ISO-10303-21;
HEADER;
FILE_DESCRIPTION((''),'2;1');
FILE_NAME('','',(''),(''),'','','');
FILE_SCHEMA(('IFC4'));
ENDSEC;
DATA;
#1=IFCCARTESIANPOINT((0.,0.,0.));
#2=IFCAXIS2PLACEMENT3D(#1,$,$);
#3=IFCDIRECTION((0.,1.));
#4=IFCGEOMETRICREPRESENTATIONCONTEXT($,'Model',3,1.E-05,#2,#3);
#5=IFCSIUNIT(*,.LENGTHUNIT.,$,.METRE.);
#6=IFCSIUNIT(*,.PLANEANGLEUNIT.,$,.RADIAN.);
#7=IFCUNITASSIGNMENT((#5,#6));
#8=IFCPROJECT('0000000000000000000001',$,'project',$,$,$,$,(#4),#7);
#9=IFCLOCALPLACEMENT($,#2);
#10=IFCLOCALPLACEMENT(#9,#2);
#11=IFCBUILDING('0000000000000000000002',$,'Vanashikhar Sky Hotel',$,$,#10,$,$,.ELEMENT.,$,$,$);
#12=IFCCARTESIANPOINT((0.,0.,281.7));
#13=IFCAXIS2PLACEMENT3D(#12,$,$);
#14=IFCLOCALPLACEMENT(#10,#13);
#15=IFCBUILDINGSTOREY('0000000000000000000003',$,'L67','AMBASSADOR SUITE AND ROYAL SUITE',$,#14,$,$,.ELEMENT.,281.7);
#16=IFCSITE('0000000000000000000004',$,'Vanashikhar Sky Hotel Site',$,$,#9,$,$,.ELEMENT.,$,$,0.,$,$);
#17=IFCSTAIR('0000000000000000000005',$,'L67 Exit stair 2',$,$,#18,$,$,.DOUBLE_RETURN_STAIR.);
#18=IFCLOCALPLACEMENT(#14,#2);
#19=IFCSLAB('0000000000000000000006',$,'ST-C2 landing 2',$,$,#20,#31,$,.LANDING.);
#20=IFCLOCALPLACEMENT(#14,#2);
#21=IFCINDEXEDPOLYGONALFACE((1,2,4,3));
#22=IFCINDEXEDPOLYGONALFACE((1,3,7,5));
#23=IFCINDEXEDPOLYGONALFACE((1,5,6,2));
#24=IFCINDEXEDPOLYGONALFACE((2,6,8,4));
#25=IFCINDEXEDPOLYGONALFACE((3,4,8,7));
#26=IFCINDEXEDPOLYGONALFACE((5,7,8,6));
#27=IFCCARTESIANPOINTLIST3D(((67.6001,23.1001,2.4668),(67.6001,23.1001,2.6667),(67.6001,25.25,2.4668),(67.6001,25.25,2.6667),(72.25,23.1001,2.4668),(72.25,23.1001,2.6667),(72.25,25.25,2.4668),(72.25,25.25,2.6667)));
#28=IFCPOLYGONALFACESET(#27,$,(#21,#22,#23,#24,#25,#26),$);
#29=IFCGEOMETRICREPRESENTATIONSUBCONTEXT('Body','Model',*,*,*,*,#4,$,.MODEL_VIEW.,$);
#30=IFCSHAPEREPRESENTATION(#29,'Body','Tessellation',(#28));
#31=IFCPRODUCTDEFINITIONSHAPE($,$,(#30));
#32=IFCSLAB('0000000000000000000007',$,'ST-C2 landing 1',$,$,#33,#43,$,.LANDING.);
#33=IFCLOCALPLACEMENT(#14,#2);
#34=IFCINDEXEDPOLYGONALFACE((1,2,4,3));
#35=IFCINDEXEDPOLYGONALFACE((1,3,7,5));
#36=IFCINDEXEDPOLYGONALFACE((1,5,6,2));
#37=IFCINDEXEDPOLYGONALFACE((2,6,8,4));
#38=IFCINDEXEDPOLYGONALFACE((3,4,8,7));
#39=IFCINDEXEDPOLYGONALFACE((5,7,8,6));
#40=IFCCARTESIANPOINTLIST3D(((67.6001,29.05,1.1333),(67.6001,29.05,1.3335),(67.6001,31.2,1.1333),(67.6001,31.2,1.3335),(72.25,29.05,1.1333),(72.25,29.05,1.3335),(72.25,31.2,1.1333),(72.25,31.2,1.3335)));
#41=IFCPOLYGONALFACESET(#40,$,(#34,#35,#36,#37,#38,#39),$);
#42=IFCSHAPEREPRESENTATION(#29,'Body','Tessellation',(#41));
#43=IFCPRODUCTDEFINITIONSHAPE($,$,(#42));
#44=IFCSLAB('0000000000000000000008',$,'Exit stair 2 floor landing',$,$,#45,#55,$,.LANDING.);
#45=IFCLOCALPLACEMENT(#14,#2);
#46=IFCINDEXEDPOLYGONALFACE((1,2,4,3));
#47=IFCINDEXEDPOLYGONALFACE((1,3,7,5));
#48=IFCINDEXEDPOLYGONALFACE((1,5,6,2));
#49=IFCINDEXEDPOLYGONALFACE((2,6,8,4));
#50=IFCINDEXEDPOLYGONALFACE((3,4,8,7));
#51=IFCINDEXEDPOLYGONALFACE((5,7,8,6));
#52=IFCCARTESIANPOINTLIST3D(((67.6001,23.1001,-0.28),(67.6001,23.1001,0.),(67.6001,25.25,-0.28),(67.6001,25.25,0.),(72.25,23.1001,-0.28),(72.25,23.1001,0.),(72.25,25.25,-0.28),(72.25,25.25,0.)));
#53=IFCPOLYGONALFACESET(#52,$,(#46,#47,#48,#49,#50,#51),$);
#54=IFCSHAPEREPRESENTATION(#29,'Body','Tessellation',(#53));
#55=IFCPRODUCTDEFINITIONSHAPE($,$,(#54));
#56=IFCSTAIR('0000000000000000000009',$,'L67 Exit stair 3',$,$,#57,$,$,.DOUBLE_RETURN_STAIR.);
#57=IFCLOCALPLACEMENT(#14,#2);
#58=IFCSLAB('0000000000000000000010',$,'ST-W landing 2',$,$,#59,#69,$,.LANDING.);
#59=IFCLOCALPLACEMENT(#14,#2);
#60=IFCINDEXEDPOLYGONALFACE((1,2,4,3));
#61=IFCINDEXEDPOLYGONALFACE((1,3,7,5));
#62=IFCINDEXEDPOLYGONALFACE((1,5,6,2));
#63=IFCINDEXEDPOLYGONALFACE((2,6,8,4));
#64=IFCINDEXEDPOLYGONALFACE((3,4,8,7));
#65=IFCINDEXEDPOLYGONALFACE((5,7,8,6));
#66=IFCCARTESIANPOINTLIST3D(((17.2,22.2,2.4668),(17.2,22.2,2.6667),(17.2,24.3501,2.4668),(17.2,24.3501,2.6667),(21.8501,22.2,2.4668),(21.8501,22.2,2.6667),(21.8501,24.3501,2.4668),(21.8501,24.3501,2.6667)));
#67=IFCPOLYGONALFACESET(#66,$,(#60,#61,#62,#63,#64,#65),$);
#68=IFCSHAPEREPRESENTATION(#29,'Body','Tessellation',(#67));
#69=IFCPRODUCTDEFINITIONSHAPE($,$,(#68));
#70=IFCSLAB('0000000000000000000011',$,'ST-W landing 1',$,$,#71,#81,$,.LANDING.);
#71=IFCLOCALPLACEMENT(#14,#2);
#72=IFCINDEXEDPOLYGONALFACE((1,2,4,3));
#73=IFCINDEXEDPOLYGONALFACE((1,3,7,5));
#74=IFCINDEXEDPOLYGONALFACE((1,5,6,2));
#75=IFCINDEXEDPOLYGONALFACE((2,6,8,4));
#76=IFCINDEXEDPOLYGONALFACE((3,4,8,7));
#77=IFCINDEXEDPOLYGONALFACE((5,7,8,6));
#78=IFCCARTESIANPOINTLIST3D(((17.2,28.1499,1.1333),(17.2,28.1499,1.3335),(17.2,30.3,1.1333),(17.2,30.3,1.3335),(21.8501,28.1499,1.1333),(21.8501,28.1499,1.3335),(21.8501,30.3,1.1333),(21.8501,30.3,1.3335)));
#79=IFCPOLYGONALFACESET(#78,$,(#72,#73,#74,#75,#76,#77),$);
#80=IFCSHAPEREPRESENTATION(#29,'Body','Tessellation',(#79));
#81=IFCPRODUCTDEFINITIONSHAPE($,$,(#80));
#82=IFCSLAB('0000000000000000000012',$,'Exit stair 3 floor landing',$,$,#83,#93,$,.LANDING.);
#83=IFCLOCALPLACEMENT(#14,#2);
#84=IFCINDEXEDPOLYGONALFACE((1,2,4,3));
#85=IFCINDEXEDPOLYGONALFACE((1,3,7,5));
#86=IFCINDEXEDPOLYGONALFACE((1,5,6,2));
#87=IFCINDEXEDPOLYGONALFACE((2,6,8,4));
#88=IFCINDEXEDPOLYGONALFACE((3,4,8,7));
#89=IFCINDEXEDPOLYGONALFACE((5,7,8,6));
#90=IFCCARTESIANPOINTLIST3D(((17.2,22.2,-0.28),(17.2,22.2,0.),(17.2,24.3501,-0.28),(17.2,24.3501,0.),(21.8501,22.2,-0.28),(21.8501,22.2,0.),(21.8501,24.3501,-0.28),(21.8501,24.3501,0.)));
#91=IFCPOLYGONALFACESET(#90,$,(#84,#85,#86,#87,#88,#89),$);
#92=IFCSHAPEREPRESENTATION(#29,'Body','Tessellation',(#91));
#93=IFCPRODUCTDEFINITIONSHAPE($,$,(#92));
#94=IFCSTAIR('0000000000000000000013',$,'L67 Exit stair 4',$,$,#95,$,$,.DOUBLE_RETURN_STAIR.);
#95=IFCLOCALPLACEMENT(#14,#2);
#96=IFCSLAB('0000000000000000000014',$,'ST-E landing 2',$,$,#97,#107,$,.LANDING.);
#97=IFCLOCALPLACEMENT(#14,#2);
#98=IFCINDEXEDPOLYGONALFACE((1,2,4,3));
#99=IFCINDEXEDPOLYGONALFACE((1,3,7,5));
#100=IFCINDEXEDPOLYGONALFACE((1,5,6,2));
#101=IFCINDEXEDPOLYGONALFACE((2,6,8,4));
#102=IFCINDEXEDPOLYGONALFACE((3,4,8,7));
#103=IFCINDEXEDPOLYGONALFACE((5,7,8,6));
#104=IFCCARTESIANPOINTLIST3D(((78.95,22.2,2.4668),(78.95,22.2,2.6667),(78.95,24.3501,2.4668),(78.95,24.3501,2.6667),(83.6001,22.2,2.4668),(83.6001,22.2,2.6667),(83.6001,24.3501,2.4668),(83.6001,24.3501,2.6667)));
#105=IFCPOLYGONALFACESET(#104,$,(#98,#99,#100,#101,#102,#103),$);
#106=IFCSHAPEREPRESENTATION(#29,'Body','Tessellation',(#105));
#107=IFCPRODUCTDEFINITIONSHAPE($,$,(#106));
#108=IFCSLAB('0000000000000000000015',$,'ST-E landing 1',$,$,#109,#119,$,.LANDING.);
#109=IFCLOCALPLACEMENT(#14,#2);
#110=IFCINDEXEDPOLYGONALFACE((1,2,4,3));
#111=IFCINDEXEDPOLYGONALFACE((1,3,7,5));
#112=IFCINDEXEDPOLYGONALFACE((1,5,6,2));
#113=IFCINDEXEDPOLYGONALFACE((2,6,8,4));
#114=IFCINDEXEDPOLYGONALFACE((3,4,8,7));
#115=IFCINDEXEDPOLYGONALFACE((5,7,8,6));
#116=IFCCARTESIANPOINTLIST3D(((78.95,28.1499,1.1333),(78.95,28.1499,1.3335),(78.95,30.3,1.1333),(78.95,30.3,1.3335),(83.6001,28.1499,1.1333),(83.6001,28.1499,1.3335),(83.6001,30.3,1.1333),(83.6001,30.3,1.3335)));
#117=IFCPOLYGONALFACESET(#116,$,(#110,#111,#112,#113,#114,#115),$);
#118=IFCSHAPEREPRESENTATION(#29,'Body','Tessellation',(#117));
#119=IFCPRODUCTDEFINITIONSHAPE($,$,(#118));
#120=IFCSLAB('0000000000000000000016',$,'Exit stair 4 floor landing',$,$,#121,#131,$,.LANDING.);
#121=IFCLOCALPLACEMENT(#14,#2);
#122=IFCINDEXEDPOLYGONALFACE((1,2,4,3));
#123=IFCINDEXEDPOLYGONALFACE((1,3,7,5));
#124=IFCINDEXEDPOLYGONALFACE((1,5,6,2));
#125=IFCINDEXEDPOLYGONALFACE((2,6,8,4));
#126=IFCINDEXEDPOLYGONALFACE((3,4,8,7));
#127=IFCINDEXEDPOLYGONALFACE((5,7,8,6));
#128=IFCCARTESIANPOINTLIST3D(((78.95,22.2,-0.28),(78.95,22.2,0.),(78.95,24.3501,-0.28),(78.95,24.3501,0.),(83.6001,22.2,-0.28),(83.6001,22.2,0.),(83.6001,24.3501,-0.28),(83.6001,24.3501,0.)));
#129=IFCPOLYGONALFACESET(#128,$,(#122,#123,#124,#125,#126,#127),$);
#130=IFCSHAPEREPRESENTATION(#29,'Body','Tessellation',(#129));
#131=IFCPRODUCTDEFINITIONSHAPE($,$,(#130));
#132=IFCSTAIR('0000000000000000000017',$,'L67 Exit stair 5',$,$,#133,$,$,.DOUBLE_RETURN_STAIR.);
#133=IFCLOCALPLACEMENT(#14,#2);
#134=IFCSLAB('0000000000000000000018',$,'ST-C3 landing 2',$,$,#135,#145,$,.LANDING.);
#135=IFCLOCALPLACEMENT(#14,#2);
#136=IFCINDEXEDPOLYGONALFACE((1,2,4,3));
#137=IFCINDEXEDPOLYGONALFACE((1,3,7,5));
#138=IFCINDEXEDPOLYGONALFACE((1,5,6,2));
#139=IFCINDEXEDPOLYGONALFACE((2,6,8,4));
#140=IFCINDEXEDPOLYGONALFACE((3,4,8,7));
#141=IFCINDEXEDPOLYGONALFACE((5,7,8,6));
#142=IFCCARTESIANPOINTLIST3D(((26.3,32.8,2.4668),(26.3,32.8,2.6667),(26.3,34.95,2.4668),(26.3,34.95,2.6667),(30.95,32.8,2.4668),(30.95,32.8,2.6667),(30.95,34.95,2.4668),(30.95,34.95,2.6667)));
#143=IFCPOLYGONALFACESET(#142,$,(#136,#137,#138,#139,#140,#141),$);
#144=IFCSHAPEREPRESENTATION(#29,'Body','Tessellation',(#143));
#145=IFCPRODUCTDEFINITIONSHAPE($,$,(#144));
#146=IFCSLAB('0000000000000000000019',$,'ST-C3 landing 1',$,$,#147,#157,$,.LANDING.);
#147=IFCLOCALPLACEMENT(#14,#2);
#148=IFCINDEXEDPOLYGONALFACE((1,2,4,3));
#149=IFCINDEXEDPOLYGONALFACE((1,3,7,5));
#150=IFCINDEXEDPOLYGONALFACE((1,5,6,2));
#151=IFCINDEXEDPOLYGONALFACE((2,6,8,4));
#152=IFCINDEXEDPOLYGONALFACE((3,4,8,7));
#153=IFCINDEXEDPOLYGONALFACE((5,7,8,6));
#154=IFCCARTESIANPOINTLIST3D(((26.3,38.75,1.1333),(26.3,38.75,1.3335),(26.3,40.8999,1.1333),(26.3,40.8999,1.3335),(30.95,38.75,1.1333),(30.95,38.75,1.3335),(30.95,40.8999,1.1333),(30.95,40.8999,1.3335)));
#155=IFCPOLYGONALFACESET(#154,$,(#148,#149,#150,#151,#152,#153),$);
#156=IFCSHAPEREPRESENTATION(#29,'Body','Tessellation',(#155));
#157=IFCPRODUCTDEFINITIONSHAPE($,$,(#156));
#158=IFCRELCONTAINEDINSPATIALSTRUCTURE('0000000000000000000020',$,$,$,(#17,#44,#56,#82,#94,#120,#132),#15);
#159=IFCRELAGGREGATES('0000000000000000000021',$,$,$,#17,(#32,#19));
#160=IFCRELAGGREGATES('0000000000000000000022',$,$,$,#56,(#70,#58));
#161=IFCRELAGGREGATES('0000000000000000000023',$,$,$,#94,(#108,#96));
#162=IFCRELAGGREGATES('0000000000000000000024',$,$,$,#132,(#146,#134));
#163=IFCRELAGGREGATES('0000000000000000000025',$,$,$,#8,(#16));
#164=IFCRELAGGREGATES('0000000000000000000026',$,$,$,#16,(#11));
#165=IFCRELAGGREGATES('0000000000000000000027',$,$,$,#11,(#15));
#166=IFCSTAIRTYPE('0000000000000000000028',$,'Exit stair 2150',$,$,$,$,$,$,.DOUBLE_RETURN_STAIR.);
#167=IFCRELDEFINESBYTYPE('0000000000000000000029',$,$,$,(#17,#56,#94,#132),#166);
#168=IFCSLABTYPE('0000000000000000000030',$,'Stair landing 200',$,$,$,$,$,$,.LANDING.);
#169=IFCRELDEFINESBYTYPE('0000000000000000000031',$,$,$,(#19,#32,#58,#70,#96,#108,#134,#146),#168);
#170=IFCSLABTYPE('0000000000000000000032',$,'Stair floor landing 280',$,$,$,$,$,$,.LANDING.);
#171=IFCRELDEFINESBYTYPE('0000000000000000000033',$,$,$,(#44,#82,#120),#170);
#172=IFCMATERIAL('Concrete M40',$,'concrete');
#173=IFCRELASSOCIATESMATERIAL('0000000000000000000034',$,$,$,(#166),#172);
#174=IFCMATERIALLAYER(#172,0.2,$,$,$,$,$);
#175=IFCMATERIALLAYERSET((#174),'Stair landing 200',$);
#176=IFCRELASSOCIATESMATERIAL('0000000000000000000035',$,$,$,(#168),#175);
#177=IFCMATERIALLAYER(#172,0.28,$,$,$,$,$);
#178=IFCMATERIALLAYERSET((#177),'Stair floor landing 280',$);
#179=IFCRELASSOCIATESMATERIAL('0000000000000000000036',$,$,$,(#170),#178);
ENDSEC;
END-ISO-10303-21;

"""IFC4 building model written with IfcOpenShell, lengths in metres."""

from ifc_helpers import new_model, si_unit, direction, frame, origin, place, context, subcontext, project, spatial, polyline, outline, extrude, source, transform, mapped, material, layer, layer_set, type_object, element, aggregate, save


model = new_model("IFC4")

# Units and contexts
model_context = context("Model", 3, precision=1e-05, world=origin(), true_north=direction((0.0, 1.0)))
body_context = subcontext(model_context, "Body", "Model", "MODEL_VIEW")
ifc_project = project(units=[si_unit("LENGTHUNIT", "METRE"), si_unit("PLANEANGLEUNIT", "RADIAN")], contexts=[model_context])

# Site, building, storey
site_placement = place(None, origin())
site = spatial("IfcSite", under=ifc_project, at=site_placement, Name="Vanashikhar Sky Hotel Site", CompositionType="ELEMENT", RefElevation=0.0)
building_placement = place(site_placement, origin())
building = spatial("IfcBuilding", under=site, at=building_placement, Name="Vanashikhar Sky Hotel", CompositionType="ELEMENT")
storey_placement = place(building_placement, frame((0.0, 0.0, 281.7)))
storey = spatial("IfcBuildingStorey", under=building, at=storey_placement, Name="L67", Description="AMBASSADOR SUITE AND ROYAL SUITE", CompositionType="ELEMENT", Elevation=281.7)

# Shared definitions
ifc_material = material(Name="Concrete M40", Category="concrete")

# Shared definitions
stair_type = type_object("IfcStairType", Name="Exit stair 2150", PredefinedType="DOUBLE_RETURN_STAIR", material=ifc_material)
ifc_layer_1 = layer(ifc_material, 0.2)
ifc_layer_set_1 = layer_set([ifc_layer_1], Name="Stair landing 200")
slab_type_1 = type_object("IfcSlabType", Name="Stair landing 200", PredefinedType="LANDING", material=ifc_layer_set_1)

# Shared definitions
ifc_layer_2 = layer(ifc_material, 0.28)
ifc_layer_set_2 = layer_set([ifc_layer_2], Name="Stair floor landing 280")
slab_type_2 = type_object("IfcSlabType", Name="Stair floor landing 280", PredefinedType="LANDING", material=ifc_layer_set_2)

# Stair, slabs
stair_1_placement = place(storey_placement, origin())
stair_1 = element("IfcStair", 1, at=stair_1_placement, inside=storey, type_object=stair_type, Name="L67 Exit stair 2", PredefinedType="DOUBLE_RETURN_STAIR")
shared_shape_1 = source(origin(), body_context, "Body", "SweptSolid", [
    extrude(outline(polyline([(72.25, 23.1001), (72.25, 25.25), (67.6001, 25.25), (67.6001, 23.1001), (72.25, 23.1001)])), origin(), (0.0, 0.0, 1.0), 0.2),
])
slab_1_placement = place(storey_placement, frame((0.0, 0.0, 2.4668)))
slab_1 = element("IfcSlab", 2, at=slab_1_placement, type_object=slab_type_1, Name="ST-C2 landing 2", PredefinedType="LANDING", context=body_context, shape_type="MappedRepresentation", body=[
    mapped(shared_shape_1, transform((0.0, 0.0, 0.0), scale=1.0)),
])
shared_shape_2 = source(origin(), body_context, "Body", "SweptSolid", [
    extrude(outline(polyline([(72.25, 29.05), (72.25, 31.2), (67.6001, 31.2), (67.6001, 29.05), (72.25, 29.05)])), origin(), (0.0, 0.0, 1.0), 0.2002),
])
slab_2_placement = place(storey_placement, frame((0.0, 0.0, 1.1333)))
slab_2 = element("IfcSlab", 3, at=slab_2_placement, type_object=slab_type_1, Name="ST-C2 landing 1", PredefinedType="LANDING", context=body_context, shape_type="MappedRepresentation", body=[
    mapped(shared_shape_2, transform((0.0, 0.0, 0.0), scale=1.0)),
])
aggregate(stair_1, [slab_2, slab_1])

# Slab
shared_shape_3 = source(origin(), body_context, "Body", "SweptSolid", [
    extrude(outline(polyline([(72.25, 23.1001), (72.25, 25.25), (67.6001, 25.25), (67.6001, 23.1001), (72.25, 23.1001)])), origin(), (0.0, 0.0, 1.0), 0.28),
])
slab_3_placement = place(storey_placement, frame((0.0, 0.0, -0.28)))
element("IfcSlab", 4, at=slab_3_placement, inside=storey, type_object=slab_type_2, Name="Exit stair 2 floor landing", PredefinedType="LANDING", context=body_context, shape_type="MappedRepresentation", body=[
    mapped(shared_shape_3, transform((0.0, 0.0, 0.0), scale=1.0)),
])

# Stair, slabs
stair_2_placement = place(storey_placement, origin())
stair_2 = element("IfcStair", 5, at=stair_2_placement, inside=storey, type_object=stair_type, Name="L67 Exit stair 3", PredefinedType="DOUBLE_RETURN_STAIR")
shared_shape_4 = source(origin(), body_context, "Body", "SweptSolid", [
    extrude(outline(polyline([(21.8501, 22.2), (21.8501, 24.3501), (17.2, 24.3501), (17.2, 22.2), (21.8501, 22.2)])), origin(), (0.0, 0.0, 1.0), 0.2),
])
slab_4_placement = place(storey_placement, frame((0.0, 0.0, 2.4668)))
slab_4 = element("IfcSlab", 6, at=slab_4_placement, type_object=slab_type_1, Name="ST-W landing 2", PredefinedType="LANDING", context=body_context, shape_type="MappedRepresentation", body=[
    mapped(shared_shape_4, transform((0.0, 0.0, 0.0), scale=1.0)),
])
shared_shape_5 = source(origin(), body_context, "Body", "SweptSolid", [
    extrude(outline(polyline([(21.8501, 28.1499), (21.8501, 30.3), (17.2, 30.3), (17.2, 28.1499), (21.8501, 28.1499)])), origin(), (0.0, 0.0, 1.0), 0.2002),
])
slab_5_placement = place(storey_placement, frame((0.0, 0.0, 1.1333)))
slab_5 = element("IfcSlab", 7, at=slab_5_placement, type_object=slab_type_1, Name="ST-W landing 1", PredefinedType="LANDING", context=body_context, shape_type="MappedRepresentation", body=[
    mapped(shared_shape_5, transform((0.0, 0.0, 0.0), scale=1.0)),
])
aggregate(stair_2, [slab_5, slab_4])

# Slab
shared_shape_6 = source(origin(), body_context, "Body", "SweptSolid", [
    extrude(outline(polyline([(21.8501, 22.2), (21.8501, 24.3501), (17.2, 24.3501), (17.2, 22.2), (21.8501, 22.2)])), origin(), (0.0, 0.0, 1.0), 0.28),
])
slab_6_placement = place(storey_placement, frame((0.0, 0.0, -0.28)))
element("IfcSlab", 8, at=slab_6_placement, inside=storey, type_object=slab_type_2, Name="Exit stair 3 floor landing", PredefinedType="LANDING", context=body_context, shape_type="MappedRepresentation", body=[
    mapped(shared_shape_6, transform((0.0, 0.0, 0.0), scale=1.0)),
])

# Stair, slabs
stair_3_placement = place(storey_placement, origin())
stair_3 = element("IfcStair", 9, at=stair_3_placement, inside=storey, type_object=stair_type, Name="L67 Exit stair 4", PredefinedType="DOUBLE_RETURN_STAIR")
shared_shape_7 = source(origin(), body_context, "Body", "SweptSolid", [
    extrude(outline(polyline([(83.6001, 22.2), (83.6001, 24.3501), (78.95, 24.3501), (78.95, 22.2), (83.6001, 22.2)])), origin(), (0.0, 0.0, 1.0), 0.2),
])
slab_7_placement = place(storey_placement, frame((0.0, 0.0, 2.4668)))
slab_7 = element("IfcSlab", 10, at=slab_7_placement, type_object=slab_type_1, Name="ST-E landing 2", PredefinedType="LANDING", context=body_context, shape_type="MappedRepresentation", body=[
    mapped(shared_shape_7, transform((0.0, 0.0, 0.0), scale=1.0)),
])
shared_shape_8 = source(origin(), body_context, "Body", "SweptSolid", [
    extrude(outline(polyline([(83.6001, 28.1499), (83.6001, 30.3), (78.95, 30.3), (78.95, 28.1499), (83.6001, 28.1499)])), origin(), (0.0, 0.0, 1.0), 0.2002),
])
slab_8_placement = place(storey_placement, frame((0.0, 0.0, 1.1333)))
slab_8 = element("IfcSlab", 11, at=slab_8_placement, type_object=slab_type_1, Name="ST-E landing 1", PredefinedType="LANDING", context=body_context, shape_type="MappedRepresentation", body=[
    mapped(shared_shape_8, transform((0.0, 0.0, 0.0), scale=1.0)),
])
aggregate(stair_3, [slab_8, slab_7])

# Slab
shared_shape_9 = source(origin(), body_context, "Body", "SweptSolid", [
    extrude(outline(polyline([(83.6001, 22.2), (83.6001, 24.3501), (78.95, 24.3501), (78.95, 22.2), (83.6001, 22.2)])), origin(), (0.0, 0.0, 1.0), 0.28),
])
slab_9_placement = place(storey_placement, frame((0.0, 0.0, -0.28)))
element("IfcSlab", 12, at=slab_9_placement, inside=storey, type_object=slab_type_2, Name="Exit stair 4 floor landing", PredefinedType="LANDING", context=body_context, shape_type="MappedRepresentation", body=[
    mapped(shared_shape_9, transform((0.0, 0.0, 0.0), scale=1.0)),
])

# Stair, slabs
stair_4_placement = place(storey_placement, origin())
stair_4 = element("IfcStair", 13, at=stair_4_placement, inside=storey, type_object=stair_type, Name="L67 Exit stair 5", PredefinedType="DOUBLE_RETURN_STAIR")
shared_shape_10 = source(origin(), body_context, "Body", "SweptSolid", [
    extrude(outline(polyline([(30.95, 32.8), (30.95, 34.95), (26.3, 34.95), (26.3, 32.8), (30.95, 32.8)])), origin(), (0.0, 0.0, 1.0), 0.2),
])
slab_10_placement = place(storey_placement, frame((0.0, 0.0, 2.4668)))
slab_10 = element("IfcSlab", 14, at=slab_10_placement, type_object=slab_type_1, Name="ST-C3 landing 2", PredefinedType="LANDING", context=body_context, shape_type="MappedRepresentation", body=[
    mapped(shared_shape_10, transform((0.0, 0.0, 0.0), scale=1.0)),
])
shared_shape_11 = source(origin(), body_context, "Body", "SweptSolid", [
    extrude(outline(polyline([(30.95, 38.75), (30.95, 40.8999), (26.3, 40.8999), (26.3, 38.75), (30.95, 38.75)])), origin(), (0.0, 0.0, 1.0), 0.2002),
])
slab_11_placement = place(storey_placement, frame((0.0, 0.0, 1.1333)))
slab_11 = element("IfcSlab", 15, at=slab_11_placement, type_object=slab_type_1, Name="ST-C3 landing 1", PredefinedType="LANDING", context=body_context, shape_type="MappedRepresentation", body=[
    mapped(shared_shape_11, transform((0.0, 0.0, 0.0), scale=1.0)),
])
aggregate(stair_4, [slab_11, slab_10])

save(model, "model.ifc")
